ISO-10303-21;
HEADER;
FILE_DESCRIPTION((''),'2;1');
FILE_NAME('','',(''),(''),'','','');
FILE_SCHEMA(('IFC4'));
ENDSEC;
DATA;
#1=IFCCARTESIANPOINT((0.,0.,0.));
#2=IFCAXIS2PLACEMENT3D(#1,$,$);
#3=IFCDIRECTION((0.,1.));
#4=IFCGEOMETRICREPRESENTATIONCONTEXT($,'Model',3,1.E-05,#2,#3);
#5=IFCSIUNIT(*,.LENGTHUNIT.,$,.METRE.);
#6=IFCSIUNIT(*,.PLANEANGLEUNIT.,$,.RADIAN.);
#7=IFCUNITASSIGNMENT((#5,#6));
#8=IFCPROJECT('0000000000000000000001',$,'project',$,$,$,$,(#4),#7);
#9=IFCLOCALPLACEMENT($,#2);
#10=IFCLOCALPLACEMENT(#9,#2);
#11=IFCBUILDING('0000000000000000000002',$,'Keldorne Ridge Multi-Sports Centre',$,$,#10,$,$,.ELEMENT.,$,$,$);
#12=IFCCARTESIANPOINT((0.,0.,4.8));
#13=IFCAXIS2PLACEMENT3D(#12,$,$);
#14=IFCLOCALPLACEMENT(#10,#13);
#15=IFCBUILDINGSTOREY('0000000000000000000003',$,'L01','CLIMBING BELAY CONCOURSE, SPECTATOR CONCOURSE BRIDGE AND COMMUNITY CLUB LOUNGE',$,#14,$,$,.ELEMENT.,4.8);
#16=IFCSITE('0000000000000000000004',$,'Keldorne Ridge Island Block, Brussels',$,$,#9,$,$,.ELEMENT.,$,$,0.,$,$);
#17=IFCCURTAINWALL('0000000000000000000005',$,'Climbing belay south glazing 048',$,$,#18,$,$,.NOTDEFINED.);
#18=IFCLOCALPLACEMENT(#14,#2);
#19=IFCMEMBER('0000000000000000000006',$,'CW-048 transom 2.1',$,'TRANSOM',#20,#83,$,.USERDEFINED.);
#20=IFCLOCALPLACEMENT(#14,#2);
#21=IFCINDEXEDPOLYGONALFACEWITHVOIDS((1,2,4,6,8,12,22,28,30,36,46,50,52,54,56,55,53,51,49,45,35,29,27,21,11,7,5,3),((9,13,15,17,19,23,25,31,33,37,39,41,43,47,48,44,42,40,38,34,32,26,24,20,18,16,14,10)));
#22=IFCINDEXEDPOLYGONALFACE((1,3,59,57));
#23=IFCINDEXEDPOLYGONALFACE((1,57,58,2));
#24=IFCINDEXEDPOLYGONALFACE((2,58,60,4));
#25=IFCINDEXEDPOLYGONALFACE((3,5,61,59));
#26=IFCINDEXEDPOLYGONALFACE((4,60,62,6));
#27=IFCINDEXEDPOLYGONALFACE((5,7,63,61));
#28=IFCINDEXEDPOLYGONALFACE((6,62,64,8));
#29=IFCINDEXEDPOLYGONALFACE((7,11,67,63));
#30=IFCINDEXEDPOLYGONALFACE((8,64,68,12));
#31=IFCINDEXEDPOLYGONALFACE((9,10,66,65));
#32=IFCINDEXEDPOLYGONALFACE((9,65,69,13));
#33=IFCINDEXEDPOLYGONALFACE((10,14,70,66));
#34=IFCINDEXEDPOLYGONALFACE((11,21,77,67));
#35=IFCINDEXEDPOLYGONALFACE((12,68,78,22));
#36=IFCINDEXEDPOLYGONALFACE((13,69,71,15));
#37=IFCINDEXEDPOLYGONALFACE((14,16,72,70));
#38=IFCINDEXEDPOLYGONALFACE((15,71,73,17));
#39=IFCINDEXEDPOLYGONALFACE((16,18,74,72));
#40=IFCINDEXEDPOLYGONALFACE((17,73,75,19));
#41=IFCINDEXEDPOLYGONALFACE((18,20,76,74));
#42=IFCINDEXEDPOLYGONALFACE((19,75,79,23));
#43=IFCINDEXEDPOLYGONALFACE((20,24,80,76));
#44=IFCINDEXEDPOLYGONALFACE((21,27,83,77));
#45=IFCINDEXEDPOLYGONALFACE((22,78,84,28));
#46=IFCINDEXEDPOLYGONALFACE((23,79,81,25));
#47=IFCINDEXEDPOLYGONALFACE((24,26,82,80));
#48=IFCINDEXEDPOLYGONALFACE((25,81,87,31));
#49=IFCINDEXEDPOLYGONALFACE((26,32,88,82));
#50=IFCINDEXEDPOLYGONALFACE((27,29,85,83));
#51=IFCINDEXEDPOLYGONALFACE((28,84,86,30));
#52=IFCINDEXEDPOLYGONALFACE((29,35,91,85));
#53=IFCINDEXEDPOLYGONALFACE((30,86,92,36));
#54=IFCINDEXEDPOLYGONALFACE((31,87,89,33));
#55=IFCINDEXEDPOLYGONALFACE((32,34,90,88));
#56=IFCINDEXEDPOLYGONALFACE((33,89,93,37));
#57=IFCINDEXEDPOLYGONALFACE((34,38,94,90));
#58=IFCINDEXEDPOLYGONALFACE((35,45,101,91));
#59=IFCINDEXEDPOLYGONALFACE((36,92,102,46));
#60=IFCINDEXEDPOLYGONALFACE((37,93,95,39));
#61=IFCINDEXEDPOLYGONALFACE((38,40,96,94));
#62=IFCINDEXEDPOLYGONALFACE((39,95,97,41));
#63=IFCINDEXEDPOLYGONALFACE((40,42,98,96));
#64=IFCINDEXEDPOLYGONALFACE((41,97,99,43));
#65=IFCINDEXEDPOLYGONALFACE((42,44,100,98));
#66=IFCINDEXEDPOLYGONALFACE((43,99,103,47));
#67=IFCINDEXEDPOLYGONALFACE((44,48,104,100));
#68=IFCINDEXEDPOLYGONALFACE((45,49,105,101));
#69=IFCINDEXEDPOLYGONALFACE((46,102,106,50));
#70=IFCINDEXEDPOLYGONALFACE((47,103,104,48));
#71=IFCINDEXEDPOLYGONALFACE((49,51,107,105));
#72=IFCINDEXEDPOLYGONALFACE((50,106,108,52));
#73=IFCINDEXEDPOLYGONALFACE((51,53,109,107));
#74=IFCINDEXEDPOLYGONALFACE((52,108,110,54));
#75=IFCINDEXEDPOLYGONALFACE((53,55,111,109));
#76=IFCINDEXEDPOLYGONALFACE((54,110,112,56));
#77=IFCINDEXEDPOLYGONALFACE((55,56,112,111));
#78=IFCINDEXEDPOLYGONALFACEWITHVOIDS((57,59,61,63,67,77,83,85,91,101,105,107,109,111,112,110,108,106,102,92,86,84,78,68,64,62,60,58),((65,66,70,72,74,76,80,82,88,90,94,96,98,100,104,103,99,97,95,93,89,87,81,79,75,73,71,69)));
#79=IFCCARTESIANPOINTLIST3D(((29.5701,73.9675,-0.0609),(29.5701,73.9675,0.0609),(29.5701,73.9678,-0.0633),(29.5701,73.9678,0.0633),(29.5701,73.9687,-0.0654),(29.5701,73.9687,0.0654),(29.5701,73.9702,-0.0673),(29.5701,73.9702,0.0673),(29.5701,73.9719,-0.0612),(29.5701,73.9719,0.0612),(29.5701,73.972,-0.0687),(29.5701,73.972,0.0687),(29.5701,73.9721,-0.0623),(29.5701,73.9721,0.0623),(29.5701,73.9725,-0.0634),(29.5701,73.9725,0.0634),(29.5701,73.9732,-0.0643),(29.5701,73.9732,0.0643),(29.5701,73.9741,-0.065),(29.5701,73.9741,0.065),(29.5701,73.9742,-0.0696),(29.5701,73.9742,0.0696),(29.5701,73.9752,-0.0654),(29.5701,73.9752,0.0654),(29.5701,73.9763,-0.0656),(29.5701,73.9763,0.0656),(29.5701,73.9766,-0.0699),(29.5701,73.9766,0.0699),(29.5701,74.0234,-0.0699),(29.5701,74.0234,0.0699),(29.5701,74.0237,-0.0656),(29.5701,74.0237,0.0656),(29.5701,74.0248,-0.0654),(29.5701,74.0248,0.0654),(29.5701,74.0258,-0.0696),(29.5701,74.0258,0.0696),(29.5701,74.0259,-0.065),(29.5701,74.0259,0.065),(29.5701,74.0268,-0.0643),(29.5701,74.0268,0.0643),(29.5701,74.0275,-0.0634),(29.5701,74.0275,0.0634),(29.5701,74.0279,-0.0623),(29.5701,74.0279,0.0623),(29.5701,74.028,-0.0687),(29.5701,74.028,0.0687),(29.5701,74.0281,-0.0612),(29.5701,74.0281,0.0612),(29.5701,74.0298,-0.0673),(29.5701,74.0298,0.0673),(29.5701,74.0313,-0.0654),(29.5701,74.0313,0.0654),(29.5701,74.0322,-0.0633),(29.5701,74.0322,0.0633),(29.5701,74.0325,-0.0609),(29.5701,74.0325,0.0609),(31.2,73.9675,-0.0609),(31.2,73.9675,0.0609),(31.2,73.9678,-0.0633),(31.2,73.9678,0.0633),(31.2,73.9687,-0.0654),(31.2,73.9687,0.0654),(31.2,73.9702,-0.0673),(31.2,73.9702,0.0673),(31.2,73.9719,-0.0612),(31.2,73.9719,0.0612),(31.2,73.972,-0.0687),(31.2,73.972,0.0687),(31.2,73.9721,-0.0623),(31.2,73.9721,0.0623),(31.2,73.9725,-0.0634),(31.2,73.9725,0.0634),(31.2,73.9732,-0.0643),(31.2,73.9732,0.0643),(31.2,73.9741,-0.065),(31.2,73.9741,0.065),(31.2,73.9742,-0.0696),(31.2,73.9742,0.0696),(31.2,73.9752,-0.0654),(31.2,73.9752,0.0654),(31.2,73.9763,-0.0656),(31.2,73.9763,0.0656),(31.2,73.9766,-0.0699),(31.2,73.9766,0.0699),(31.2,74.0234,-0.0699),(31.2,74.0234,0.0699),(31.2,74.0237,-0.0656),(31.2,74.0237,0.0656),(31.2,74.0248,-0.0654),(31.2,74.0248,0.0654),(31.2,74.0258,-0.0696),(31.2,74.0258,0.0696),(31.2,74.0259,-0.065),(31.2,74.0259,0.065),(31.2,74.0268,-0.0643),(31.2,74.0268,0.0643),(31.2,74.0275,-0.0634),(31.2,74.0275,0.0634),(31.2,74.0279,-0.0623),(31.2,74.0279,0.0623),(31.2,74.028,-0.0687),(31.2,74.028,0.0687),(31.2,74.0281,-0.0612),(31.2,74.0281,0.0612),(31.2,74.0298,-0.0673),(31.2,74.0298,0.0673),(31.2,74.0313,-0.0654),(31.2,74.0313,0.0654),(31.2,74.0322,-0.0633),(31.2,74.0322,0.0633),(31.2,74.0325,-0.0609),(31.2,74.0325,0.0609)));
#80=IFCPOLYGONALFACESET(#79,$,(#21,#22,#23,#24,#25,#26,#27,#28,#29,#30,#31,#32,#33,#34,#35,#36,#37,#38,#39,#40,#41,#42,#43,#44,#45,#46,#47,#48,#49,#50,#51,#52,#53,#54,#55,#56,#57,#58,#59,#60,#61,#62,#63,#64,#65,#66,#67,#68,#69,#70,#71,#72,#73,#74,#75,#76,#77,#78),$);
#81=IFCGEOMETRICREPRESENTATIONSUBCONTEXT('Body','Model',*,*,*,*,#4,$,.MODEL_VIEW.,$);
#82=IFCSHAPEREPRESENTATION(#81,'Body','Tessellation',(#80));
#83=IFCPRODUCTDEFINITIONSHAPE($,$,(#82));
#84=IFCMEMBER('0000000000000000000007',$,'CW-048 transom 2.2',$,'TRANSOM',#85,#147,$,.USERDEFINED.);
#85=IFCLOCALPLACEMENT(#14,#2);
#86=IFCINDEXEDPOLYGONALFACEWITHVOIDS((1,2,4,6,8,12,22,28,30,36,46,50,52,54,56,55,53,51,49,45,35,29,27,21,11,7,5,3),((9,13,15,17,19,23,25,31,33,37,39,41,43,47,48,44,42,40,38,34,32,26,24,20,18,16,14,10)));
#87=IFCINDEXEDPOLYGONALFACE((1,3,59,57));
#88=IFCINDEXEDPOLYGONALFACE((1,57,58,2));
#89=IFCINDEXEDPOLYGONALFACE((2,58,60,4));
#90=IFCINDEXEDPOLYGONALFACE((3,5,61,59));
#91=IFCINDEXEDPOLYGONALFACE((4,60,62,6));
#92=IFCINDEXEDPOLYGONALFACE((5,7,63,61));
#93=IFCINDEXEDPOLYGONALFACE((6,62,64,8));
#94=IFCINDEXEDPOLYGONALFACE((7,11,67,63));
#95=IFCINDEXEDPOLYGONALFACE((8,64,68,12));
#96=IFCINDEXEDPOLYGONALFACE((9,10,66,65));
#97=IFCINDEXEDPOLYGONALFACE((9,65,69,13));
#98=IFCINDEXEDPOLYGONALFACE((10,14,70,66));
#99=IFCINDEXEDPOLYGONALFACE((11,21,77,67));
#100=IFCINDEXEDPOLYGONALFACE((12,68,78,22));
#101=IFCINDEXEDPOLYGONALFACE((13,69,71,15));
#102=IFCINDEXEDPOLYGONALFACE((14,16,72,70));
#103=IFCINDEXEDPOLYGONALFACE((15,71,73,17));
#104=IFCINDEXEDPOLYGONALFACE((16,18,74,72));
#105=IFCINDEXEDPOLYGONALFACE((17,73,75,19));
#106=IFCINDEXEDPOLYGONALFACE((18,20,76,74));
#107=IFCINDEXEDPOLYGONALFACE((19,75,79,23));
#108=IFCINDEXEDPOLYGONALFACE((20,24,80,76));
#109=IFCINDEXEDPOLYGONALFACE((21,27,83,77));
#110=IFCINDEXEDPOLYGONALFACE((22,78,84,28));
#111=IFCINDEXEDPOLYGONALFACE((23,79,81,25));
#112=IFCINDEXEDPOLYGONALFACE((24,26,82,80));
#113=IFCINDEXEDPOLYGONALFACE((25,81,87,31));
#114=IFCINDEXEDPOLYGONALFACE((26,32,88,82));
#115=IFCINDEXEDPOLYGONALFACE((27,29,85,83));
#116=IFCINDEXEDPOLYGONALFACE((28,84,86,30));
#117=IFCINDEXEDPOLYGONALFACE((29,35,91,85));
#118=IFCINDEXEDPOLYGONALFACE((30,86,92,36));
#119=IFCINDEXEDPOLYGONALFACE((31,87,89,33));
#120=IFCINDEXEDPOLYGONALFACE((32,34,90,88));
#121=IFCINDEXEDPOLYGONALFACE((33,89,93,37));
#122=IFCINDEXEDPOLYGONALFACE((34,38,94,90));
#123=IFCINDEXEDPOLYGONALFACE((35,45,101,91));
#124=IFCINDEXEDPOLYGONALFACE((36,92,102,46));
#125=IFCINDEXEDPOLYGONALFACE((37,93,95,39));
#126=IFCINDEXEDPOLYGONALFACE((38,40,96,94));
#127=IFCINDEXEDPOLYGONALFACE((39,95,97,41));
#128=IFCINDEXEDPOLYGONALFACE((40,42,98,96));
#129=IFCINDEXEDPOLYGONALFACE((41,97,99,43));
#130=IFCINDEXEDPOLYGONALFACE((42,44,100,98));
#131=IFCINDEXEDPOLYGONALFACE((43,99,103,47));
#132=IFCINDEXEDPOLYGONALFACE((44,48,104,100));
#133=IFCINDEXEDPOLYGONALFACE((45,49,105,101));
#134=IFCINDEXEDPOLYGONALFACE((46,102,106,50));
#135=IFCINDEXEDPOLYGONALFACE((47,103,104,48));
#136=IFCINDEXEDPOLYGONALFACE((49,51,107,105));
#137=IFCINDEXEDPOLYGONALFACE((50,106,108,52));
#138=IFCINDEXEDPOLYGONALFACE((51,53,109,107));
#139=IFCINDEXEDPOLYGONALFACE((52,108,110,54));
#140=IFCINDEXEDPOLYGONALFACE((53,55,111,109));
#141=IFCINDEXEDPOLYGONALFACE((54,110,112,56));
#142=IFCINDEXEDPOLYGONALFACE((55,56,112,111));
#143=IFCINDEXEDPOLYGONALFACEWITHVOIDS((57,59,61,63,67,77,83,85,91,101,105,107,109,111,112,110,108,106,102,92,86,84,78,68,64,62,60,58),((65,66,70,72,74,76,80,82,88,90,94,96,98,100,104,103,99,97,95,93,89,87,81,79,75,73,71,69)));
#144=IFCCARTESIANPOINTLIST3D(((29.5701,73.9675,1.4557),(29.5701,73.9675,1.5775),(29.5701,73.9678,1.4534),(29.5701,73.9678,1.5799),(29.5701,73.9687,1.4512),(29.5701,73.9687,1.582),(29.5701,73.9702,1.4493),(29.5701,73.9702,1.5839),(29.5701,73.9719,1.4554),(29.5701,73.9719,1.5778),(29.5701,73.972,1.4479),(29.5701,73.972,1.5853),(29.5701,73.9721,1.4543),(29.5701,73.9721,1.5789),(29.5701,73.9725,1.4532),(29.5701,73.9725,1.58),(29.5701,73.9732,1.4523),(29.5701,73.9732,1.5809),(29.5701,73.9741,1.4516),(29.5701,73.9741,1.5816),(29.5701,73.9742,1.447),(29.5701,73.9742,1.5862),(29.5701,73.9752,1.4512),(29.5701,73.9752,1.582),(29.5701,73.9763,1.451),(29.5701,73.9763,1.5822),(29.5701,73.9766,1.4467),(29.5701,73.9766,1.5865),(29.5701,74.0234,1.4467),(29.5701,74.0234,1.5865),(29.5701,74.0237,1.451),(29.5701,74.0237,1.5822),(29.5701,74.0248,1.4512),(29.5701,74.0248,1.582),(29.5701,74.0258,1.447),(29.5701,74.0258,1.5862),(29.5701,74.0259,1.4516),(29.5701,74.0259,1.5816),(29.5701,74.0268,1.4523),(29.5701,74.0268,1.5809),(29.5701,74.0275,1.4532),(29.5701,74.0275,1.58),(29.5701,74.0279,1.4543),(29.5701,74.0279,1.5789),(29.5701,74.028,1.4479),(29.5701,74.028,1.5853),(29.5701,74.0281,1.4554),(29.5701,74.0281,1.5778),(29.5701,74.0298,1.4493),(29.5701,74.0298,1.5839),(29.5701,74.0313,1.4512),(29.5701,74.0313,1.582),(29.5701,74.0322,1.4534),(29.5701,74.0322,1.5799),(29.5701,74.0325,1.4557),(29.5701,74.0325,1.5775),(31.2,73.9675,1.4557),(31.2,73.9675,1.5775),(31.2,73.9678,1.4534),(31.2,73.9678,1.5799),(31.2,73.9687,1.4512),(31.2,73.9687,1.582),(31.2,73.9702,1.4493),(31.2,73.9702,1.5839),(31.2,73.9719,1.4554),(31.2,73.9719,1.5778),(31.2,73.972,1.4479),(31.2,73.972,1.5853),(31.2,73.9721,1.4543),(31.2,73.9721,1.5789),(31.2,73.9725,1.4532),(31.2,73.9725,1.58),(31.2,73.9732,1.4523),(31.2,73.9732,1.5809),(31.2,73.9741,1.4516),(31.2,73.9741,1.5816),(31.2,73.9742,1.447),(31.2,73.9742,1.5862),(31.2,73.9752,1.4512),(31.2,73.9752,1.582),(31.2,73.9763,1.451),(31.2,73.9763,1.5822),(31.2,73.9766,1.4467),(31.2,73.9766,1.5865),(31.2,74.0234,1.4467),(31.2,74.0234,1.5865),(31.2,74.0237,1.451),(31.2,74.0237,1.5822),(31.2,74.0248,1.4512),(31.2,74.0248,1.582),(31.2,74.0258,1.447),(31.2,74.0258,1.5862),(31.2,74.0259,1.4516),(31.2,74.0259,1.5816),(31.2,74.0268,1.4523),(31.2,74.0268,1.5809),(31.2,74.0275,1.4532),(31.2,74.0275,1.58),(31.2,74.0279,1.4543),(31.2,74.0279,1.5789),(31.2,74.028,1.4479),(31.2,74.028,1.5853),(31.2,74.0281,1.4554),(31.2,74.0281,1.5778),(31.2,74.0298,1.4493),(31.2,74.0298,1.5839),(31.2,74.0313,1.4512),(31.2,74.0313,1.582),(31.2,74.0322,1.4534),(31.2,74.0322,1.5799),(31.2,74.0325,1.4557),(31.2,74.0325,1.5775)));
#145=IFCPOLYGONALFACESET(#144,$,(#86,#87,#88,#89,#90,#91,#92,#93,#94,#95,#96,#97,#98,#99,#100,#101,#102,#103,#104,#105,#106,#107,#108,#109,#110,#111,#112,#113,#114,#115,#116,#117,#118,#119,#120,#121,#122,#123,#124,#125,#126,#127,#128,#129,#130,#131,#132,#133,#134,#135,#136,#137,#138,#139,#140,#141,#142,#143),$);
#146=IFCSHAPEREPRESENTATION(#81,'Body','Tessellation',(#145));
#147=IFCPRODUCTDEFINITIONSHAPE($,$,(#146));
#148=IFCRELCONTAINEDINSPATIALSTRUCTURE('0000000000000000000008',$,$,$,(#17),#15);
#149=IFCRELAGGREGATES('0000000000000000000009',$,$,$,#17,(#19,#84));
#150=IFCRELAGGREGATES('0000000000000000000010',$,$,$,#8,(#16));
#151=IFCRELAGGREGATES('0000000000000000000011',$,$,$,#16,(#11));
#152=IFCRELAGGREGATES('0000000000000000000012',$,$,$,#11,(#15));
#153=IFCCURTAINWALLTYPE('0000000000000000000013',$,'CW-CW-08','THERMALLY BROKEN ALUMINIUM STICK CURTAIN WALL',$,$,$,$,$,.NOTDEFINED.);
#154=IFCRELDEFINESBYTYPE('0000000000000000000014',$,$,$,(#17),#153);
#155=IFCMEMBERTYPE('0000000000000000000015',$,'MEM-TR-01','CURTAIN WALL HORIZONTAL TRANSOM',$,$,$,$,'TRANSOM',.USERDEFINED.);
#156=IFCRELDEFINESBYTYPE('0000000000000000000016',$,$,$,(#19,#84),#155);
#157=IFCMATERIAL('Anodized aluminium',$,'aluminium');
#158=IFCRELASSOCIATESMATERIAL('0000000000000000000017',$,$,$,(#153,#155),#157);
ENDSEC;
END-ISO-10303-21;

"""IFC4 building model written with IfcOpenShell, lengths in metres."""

from ifc_helpers import new_model, si_unit, direction, frame, origin, origin_2d, place, context, subcontext, project, spatial, hollow_rectangle, extrude, material, material_profile, profile_set, type_object, element, aggregate, save


model = new_model("IFC4")

# Units and contexts
model_context = context("Model", 3, precision=1e-05, world=origin(), true_north=direction((0.0, 1.0)))
body_context = subcontext(model_context, "Body", "Model", "MODEL_VIEW")
ifc_project = project(units=[si_unit("LENGTHUNIT", "METRE"), si_unit("PLANEANGLEUNIT", "RADIAN")], contexts=[model_context])

# Site, building, storey
site_placement = place(None, origin())
site = spatial("IfcSite", under=ifc_project, at=site_placement, Name="Keldorne Ridge Island Block, Brussels", CompositionType="ELEMENT", RefElevation=0.0)
building_placement = place(site_placement, origin())
building = spatial("IfcBuilding", under=site, at=building_placement, Name="Keldorne Ridge Multi-Sports Centre", CompositionType="ELEMENT")
storey_placement = place(building_placement, frame((0.0, 0.0, 4.8)))
storey = spatial("IfcBuildingStorey", under=building, at=storey_placement, Name="L01", Description="CLIMBING BELAY CONCOURSE, SPECTATOR CONCOURSE BRIDGE AND COMMUNITY CLUB LOUNGE", CompositionType="ELEMENT", Elevation=4.8)

# Curtain wall
ifc_material_1 = material(Name="Anodized aluminium", Category="aluminium")
curtain_wall_type_1 = type_object("IfcCurtainWallType", Name="CW-CW-08", Description="THERMALLY BROKEN ALUMINIUM STICK CURTAIN WALL", PredefinedType="NOTDEFINED", material=ifc_material_1)
curtain_wall_1_placement = place(storey_placement, origin())
curtain_wall_1 = element("IfcCurtainWall", 1, at=curtain_wall_1_placement, inside=storey, type_object=curtain_wall_type_1, Name="Climbing belay south glazing 048", PredefinedType="NOTDEFINED")

# Members
ifc_material_profile_1 = material_profile(ifc_material_1, hollow_rectangle(XDim=0.0649, YDim=0.1399, WallThickness=0.0044, InnerFilletRadius=0.0044, OuterFilletRadius=0.009, at=origin_2d()), Name="ALU TRANSOM 140x65x4.5")
ifc_profile_set_1 = profile_set([ifc_material_profile_1], Name="Anodized aluminium")
member_type_1 = type_object("IfcMemberType", Name="MEM-TR-01", Description="CURTAIN WALL HORIZONTAL TRANSOM", ElementType="TRANSOM", PredefinedType="USERDEFINED", material=ifc_profile_set_1)
member_1_placement = place(storey_placement, frame((29.5701, 74.0, 0.0), z_axis=(1.0, 0.0, 0.0), x_axis=(0.0, 1.0, 0.0)))
member_1 = element("IfcMember", 2, at=member_1_placement, type_object=member_type_1, Name="CW-048 transom 2.1", ObjectType="TRANSOM", PredefinedType="USERDEFINED", context=body_context, shape_type="SweptSolid", body=[
    extrude(hollow_rectangle(XDim=0.0649, YDim=0.1399, WallThickness=0.0044, InnerFilletRadius=0.0044, OuterFilletRadius=0.009, at=origin_2d()), origin(), (0.0, 0.0, 1.0), 1.6299),
])
member_2_placement = place(storey_placement, frame((29.5701, 74.0, 1.5166), z_axis=(1.0, 0.0, 0.0), x_axis=(0.0, 1.0, 0.0)))
member_2 = element("IfcMember", 3, at=member_2_placement, type_object=member_type_1, Name="CW-048 transom 2.2", ObjectType="TRANSOM", PredefinedType="USERDEFINED", context=body_context, shape_type="SweptSolid", body=[
    extrude(hollow_rectangle(XDim=0.0649, YDim=0.1399, WallThickness=0.0044, InnerFilletRadius=0.0044, OuterFilletRadius=0.009, at=origin_2d()), origin(), (0.0, 0.0, 1.0), 1.6299),
])

aggregate(curtain_wall_1, [member_1, member_2])

save(model, "model.ifc")
